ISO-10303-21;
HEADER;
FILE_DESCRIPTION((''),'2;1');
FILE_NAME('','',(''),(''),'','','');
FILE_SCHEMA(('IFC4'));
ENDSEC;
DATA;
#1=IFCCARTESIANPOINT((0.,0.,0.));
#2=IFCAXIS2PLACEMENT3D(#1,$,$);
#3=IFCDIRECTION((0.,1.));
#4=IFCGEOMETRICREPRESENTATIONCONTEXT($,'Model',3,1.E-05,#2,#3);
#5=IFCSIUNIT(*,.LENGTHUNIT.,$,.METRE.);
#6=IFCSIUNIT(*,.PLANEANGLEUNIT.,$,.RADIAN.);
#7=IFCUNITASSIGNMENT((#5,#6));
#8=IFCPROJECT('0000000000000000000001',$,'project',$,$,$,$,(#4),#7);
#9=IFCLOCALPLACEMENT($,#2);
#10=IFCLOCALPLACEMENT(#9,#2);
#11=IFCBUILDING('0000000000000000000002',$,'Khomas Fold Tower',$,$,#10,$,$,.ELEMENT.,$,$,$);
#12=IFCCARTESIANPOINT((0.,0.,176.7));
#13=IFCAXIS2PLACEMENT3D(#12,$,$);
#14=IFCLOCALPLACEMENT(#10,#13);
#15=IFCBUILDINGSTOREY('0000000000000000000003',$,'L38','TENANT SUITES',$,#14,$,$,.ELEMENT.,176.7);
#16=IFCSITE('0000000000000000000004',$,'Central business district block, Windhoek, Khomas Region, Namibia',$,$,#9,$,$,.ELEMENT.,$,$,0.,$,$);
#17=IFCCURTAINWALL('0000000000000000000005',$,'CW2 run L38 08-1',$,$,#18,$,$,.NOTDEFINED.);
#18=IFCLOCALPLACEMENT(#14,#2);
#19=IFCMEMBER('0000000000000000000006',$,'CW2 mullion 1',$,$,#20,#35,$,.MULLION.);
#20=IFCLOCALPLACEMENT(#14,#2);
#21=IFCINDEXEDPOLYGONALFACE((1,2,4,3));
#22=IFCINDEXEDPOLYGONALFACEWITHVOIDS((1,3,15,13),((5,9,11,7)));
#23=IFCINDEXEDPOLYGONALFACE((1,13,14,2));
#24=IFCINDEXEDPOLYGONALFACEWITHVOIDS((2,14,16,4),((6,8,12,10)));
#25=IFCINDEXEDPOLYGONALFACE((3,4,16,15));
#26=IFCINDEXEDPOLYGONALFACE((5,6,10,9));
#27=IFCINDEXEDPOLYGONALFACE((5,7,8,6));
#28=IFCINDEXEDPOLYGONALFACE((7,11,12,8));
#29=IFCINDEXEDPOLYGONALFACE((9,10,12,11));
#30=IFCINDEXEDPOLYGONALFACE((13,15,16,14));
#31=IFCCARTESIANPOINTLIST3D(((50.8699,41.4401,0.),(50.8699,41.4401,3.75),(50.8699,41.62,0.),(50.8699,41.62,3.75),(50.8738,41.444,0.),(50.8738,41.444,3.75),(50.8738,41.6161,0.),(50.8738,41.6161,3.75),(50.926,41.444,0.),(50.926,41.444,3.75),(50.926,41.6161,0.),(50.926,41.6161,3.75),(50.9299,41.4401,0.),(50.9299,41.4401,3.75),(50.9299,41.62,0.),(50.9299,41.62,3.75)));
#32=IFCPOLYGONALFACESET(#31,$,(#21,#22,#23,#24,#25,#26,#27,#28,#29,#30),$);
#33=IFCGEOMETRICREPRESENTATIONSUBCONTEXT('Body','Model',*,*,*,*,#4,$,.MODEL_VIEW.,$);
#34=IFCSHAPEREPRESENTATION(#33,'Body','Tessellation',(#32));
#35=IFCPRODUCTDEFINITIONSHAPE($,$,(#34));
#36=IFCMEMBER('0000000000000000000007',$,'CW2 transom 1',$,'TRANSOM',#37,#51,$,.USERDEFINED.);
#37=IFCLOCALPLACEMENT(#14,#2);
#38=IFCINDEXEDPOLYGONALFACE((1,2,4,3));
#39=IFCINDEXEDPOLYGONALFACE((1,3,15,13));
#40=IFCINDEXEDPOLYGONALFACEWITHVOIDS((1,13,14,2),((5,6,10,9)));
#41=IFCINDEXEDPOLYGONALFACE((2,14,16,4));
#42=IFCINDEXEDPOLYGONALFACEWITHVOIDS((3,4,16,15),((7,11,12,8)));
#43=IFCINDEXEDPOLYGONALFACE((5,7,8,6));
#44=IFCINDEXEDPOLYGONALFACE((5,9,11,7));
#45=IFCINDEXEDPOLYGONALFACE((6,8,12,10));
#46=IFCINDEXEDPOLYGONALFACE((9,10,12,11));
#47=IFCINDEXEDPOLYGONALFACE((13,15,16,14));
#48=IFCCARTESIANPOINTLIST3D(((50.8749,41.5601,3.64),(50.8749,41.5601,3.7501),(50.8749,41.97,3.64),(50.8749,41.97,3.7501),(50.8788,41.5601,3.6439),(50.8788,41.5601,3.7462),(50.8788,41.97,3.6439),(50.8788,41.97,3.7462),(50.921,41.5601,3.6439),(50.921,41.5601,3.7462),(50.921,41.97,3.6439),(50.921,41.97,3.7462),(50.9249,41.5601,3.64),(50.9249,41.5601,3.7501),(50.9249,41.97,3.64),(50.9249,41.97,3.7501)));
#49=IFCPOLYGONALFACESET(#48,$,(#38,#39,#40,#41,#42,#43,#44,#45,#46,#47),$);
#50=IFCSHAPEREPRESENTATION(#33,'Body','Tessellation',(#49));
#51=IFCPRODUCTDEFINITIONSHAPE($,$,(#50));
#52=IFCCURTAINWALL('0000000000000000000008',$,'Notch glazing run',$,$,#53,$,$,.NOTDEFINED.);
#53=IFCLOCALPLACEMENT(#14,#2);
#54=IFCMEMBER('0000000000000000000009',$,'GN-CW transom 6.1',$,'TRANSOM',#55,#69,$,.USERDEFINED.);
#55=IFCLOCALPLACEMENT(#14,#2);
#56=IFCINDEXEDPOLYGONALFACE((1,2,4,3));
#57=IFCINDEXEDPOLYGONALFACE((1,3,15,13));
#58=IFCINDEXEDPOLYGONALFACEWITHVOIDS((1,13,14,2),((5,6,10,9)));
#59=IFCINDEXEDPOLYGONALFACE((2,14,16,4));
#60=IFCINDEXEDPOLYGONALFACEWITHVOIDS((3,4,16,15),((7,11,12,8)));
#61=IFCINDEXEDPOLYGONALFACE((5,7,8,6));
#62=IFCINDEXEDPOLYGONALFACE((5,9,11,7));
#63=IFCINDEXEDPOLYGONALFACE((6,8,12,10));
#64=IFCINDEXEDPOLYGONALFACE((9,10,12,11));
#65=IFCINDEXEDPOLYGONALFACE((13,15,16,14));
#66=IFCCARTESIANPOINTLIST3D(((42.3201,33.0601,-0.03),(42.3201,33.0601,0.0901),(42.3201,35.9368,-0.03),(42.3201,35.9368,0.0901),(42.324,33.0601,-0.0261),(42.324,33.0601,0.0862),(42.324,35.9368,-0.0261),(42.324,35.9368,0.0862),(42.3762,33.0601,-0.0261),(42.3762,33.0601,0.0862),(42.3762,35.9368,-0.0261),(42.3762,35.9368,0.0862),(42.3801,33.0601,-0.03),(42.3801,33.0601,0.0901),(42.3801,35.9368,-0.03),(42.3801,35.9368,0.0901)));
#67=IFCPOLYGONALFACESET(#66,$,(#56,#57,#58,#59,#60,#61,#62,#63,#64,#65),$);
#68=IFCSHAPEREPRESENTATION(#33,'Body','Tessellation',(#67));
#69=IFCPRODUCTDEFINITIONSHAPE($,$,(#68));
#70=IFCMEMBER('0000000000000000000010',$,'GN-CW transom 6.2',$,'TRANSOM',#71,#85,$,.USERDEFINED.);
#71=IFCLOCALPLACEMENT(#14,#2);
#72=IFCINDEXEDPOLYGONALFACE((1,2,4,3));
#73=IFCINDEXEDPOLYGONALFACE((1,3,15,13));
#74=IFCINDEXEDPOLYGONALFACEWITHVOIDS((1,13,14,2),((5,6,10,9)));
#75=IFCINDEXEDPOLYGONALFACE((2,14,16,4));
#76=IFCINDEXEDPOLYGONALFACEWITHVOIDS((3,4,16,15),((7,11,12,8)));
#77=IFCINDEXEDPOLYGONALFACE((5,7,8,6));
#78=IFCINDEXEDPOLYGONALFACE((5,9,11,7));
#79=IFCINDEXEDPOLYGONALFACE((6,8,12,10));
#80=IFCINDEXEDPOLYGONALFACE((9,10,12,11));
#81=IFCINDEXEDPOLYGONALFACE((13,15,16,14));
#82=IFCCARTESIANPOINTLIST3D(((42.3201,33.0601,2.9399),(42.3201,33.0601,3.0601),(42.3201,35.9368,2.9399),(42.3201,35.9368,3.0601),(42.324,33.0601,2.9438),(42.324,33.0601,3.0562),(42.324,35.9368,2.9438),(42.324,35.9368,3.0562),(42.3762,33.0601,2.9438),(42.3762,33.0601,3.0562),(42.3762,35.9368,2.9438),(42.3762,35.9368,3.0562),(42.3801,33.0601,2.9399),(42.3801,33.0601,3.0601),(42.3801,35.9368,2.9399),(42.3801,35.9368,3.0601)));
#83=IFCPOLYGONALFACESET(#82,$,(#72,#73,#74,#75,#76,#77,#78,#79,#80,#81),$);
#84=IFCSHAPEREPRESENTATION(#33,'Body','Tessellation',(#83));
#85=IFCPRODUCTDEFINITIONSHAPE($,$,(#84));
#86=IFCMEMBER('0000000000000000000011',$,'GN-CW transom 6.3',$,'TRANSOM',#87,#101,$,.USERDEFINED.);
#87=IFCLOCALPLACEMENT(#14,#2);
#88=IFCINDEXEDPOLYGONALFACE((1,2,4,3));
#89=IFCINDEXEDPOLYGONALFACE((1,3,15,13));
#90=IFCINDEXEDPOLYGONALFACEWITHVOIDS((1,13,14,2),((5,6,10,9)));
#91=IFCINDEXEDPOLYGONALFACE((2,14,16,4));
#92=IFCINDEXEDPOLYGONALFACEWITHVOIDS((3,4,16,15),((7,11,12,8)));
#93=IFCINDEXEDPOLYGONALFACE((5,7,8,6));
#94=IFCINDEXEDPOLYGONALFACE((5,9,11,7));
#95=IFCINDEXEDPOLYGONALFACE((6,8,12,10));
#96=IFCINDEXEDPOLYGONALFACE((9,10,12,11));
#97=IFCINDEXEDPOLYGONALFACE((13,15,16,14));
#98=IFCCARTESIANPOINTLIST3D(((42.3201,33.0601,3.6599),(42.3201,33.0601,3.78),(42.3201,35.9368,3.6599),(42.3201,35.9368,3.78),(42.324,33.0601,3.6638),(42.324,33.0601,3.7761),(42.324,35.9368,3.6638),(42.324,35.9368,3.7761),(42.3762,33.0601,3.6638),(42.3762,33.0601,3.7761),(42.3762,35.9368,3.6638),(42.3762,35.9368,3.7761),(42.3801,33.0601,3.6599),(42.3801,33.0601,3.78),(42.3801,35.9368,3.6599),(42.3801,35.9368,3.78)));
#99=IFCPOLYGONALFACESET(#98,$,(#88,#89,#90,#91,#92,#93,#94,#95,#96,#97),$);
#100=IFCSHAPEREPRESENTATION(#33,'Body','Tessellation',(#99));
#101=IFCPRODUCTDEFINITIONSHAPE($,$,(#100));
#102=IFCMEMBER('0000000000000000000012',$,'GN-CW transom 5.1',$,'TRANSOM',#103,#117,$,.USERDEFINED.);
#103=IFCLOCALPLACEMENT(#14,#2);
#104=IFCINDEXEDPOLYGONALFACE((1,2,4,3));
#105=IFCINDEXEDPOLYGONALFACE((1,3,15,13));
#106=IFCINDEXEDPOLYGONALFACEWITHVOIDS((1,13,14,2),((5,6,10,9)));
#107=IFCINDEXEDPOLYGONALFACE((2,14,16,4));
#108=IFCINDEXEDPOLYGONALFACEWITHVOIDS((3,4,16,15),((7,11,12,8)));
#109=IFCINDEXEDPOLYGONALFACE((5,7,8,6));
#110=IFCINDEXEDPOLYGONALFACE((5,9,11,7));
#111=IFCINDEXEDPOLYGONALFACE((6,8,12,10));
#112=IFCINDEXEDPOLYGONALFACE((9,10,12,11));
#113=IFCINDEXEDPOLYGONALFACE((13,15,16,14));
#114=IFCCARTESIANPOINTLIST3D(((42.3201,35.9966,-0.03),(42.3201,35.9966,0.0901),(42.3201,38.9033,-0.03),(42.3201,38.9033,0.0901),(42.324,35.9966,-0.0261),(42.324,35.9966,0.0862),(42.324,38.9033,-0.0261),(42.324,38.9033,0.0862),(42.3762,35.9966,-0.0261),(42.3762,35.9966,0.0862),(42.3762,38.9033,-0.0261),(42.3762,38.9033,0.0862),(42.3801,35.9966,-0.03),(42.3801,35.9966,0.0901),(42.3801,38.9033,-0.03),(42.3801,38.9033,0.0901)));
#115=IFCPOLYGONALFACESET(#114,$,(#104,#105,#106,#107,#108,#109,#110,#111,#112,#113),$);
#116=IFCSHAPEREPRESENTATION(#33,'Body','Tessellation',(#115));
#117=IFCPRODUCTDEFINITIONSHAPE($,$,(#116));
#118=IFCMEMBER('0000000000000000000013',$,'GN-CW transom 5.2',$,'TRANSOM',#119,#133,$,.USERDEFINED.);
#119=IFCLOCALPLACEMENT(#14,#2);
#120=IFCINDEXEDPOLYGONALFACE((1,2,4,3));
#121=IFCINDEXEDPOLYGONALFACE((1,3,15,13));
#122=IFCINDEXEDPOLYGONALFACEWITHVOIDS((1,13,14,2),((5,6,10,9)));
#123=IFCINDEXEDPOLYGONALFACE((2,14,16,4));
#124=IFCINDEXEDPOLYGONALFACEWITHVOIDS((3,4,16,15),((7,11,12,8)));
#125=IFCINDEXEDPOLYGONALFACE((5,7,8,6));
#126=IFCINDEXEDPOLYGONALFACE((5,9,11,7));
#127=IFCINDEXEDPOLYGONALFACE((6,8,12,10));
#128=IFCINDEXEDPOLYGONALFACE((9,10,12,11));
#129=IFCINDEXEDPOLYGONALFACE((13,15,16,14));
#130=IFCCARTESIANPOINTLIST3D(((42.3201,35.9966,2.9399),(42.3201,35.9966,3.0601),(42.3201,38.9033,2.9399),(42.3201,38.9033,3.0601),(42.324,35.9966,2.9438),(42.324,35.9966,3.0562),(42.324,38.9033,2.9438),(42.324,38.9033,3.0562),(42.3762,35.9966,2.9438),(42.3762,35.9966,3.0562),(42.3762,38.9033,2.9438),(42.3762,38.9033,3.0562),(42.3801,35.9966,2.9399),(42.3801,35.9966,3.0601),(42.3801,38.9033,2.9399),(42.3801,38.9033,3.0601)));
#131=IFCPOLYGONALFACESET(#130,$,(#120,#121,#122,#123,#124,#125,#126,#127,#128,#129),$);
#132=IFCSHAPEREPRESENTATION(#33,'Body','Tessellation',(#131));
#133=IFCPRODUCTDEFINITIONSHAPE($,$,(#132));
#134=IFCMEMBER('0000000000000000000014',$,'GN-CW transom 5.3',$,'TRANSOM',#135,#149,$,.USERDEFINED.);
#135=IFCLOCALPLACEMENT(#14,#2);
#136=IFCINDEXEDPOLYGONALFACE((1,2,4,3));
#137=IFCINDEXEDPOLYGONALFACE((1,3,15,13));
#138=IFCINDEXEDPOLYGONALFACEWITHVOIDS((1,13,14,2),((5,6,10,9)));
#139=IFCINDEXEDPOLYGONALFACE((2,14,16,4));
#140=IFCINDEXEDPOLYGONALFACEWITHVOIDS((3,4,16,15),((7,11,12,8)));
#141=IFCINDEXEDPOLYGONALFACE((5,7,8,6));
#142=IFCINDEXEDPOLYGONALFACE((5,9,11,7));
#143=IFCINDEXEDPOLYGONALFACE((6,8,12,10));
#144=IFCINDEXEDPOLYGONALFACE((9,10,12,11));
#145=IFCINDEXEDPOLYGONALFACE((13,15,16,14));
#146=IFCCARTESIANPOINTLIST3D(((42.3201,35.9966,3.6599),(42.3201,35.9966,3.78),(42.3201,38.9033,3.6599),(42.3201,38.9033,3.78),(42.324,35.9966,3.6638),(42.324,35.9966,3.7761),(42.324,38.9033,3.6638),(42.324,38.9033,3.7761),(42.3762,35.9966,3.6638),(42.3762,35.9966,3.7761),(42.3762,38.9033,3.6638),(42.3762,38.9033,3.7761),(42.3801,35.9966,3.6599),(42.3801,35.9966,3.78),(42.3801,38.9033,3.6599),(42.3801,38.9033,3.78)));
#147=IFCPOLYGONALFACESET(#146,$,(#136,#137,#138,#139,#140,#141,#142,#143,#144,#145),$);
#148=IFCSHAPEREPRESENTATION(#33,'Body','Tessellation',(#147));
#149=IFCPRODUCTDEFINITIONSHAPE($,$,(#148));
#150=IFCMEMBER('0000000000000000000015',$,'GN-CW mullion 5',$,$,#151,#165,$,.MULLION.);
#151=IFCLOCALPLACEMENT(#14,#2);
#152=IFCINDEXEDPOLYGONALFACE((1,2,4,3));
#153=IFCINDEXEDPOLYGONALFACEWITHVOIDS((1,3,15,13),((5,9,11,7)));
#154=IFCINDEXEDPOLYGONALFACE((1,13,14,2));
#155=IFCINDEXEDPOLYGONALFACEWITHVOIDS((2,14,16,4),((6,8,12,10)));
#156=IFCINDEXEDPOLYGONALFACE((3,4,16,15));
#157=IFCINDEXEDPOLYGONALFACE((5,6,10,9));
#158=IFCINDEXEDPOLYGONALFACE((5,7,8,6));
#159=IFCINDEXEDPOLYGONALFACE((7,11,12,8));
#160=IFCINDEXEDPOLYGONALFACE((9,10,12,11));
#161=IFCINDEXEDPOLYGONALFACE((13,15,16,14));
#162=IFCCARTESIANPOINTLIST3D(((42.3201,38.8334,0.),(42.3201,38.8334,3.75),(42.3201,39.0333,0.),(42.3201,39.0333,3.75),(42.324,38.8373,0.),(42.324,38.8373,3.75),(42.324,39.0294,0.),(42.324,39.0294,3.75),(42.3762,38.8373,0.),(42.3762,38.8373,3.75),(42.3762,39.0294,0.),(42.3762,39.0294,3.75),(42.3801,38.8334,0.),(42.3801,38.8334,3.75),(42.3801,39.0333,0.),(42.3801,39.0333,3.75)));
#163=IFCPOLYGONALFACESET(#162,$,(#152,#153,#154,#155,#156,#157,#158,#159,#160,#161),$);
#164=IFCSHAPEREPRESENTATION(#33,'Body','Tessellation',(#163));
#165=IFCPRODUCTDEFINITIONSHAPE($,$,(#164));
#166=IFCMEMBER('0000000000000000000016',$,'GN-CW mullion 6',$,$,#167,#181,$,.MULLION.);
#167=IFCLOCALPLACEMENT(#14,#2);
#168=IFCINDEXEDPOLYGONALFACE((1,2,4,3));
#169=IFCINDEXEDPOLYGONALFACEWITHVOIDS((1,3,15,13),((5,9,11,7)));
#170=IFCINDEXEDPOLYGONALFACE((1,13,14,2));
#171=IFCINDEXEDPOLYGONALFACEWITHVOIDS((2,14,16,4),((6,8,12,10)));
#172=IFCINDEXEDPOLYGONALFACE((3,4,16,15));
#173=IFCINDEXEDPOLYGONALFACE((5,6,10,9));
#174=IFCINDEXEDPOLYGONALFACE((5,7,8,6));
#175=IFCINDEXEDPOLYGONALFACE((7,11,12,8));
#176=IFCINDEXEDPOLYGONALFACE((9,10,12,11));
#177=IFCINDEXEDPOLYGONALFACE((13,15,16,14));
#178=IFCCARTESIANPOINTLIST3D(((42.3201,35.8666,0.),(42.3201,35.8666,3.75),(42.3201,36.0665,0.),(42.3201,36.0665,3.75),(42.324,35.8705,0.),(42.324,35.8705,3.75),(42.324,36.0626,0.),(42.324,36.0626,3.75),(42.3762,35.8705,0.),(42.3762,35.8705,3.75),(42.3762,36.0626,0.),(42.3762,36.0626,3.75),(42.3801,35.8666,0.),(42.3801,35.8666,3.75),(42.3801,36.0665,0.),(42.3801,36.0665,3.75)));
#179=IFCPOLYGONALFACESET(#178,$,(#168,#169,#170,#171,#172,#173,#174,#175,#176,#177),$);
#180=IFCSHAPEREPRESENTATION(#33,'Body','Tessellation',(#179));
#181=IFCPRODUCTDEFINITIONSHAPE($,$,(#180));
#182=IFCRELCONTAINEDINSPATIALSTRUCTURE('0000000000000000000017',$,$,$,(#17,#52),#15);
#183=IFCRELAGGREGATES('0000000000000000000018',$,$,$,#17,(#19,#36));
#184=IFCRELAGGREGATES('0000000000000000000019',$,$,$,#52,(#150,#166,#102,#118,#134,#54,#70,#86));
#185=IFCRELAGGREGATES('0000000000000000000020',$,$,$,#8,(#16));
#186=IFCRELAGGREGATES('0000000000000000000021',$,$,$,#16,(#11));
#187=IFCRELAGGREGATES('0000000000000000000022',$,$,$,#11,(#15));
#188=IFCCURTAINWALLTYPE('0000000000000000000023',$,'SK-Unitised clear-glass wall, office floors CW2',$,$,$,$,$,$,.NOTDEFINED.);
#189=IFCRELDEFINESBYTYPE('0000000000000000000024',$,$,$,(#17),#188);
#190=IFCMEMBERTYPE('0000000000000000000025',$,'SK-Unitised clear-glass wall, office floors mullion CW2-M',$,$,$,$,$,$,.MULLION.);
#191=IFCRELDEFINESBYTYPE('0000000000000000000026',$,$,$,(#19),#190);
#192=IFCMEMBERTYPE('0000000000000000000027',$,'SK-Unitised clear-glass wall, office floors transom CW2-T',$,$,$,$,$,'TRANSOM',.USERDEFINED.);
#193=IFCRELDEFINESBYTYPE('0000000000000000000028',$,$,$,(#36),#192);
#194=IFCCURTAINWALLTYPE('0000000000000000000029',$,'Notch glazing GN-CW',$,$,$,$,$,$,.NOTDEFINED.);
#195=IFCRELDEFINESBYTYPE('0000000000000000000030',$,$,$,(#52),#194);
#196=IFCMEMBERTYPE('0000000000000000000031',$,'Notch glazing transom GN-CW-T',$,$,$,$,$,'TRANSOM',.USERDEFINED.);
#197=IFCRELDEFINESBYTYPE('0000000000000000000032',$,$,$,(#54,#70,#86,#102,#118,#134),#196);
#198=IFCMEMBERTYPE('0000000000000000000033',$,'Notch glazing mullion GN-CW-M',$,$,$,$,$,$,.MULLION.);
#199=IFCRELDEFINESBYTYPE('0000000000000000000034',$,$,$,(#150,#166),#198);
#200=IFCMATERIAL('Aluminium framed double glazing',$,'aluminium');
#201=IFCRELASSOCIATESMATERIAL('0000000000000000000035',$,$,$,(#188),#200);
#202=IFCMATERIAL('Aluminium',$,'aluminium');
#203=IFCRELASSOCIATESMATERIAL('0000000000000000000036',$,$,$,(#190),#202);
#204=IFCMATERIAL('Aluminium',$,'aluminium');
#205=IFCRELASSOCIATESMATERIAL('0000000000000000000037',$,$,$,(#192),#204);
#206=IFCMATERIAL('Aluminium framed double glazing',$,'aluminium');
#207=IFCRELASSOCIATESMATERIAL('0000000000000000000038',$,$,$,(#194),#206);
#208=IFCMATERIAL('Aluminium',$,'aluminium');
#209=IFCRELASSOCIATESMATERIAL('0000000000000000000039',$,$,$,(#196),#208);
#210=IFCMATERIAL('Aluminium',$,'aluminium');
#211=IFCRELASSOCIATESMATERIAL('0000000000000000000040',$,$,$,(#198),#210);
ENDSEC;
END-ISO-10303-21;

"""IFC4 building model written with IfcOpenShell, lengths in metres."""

from ifc_helpers import new_model, si_unit, direction, frame, origin, origin_2d, place, context, subcontext, project, spatial, hollow_rectangle, extrude, source, transform, mapped, material, material_profile, profile_set, type_object, element, aggregate, save


model = new_model("IFC4")

# Units and contexts
model_context = context("Model", 3, precision=1e-05, world=origin(), true_north=direction((0.0, 1.0)))
body_context = subcontext(model_context, "Body", "Model", "MODEL_VIEW")
ifc_project = project(units=[si_unit("LENGTHUNIT", "METRE"), si_unit("PLANEANGLEUNIT", "RADIAN")], contexts=[model_context])

# Site, building, storey
site_placement = place(None, origin())
site = spatial("IfcSite", under=ifc_project, at=site_placement, Name="Central business district block, Windhoek, Khomas Region, Namibia", CompositionType="ELEMENT", RefElevation=0.0)
building_placement = place(site_placement, origin())
building = spatial("IfcBuilding", under=site, at=building_placement, Name="Khomas Fold Tower", CompositionType="ELEMENT")
storey_placement = place(building_placement, frame((0.0, 0.0, 176.7)))
storey = spatial("IfcBuildingStorey", under=building, at=storey_placement, Name="L38", Description="TENANT SUITES", CompositionType="ELEMENT", Elevation=176.7)

# Curtain wall, members
ifc_material_1 = material(Name="Aluminium framed double glazing", Category="aluminium")
curtain_wall_type_1 = type_object("IfcCurtainWallType", Name="SK-Unitised clear-glass wall, office floors CW2", PredefinedType="NOTDEFINED", material=ifc_material_1)
curtain_wall_1_placement = place(storey_placement, origin())
curtain_wall_1 = element("IfcCurtainWall", 1, at=curtain_wall_1_placement, inside=storey, type_object=curtain_wall_type_1, Name="CW2 run L38 08-1", PredefinedType="NOTDEFINED")
ifc_material_2 = material(Name="Aluminium", Category="aluminium")
ifc_material_profile_1 = material_profile(ifc_material_2, hollow_rectangle(XDim=0.0601, YDim=0.1799, WallThickness=0.0039, at=origin_2d()), Name="SK-Unitised clear-glass wall, office floors mullion CW2-M")
ifc_profile_set_1 = profile_set([ifc_material_profile_1], Name="Aluminium")
member_type_1 = type_object("IfcMemberType", Name="SK-Unitised clear-glass wall, office floors mullion CW2-M", PredefinedType="MULLION", material=ifc_profile_set_1)
shared_shape_1 = source(origin(), body_context, "Body", "SweptSolid", [
    extrude(hollow_rectangle(XDim=0.0601, YDim=0.1799, WallThickness=0.0039, at=origin_2d()), origin(), (0.0, 0.0, 1.0), 3.75),
])
member_1_placement = place(storey_placement, frame((50.8999, 41.53, 0.0), z_axis=(0.0, 0.0, 1.0), x_axis=(-1.0, 0.0, 0.0)))
member_1 = element("IfcMember", 2, at=member_1_placement, type_object=member_type_1, Name="CW2 mullion 1", PredefinedType="MULLION", context=body_context, shape_type="MappedRepresentation", body=[
    mapped(shared_shape_1, transform((0.0, 0.0, 0.0))),
])
ifc_material_3 = material(Name="Aluminium", Category="aluminium")
ifc_material_profile_2 = material_profile(ifc_material_3, hollow_rectangle(XDim=0.05, YDim=0.1101, WallThickness=0.0039, at=origin_2d()), Name="SK-Unitised clear-glass wall, office floors transom CW2-T")
ifc_profile_set_2 = profile_set([ifc_material_profile_2], Name="Aluminium")
member_type_2 = type_object("IfcMemberType", Name="SK-Unitised clear-glass wall, office floors transom CW2-T", ElementType="TRANSOM", PredefinedType="USERDEFINED", material=ifc_profile_set_2)
shared_shape_2 = source(origin(), body_context, "Body", "SweptSolid", [
    extrude(hollow_rectangle(XDim=0.05, YDim=0.1101, WallThickness=0.0039, at=origin_2d()), origin(), (0.0, 0.0, 1.0), 0.4099),
])
member_2_placement = place(storey_placement, frame((50.8999, 41.5601, 3.6951), z_axis=(0.0, 1.0, 0.0), x_axis=(-1.0, 0.0, 0.0)))
member_2 = element("IfcMember", 3, at=member_2_placement, type_object=member_type_2, Name="CW2 transom 1", ObjectType="TRANSOM", PredefinedType="USERDEFINED", context=body_context, shape_type="MappedRepresentation", body=[
    mapped(shared_shape_2, transform((0.0, 0.0, 0.0))),
])
aggregate(curtain_wall_1, [member_1, member_2])

# Curtain wall, members
ifc_material_4 = material(Name="Aluminium framed double glazing", Category="aluminium")
curtain_wall_type_2 = type_object("IfcCurtainWallType", Name="Notch glazing GN-CW", PredefinedType="NOTDEFINED", material=ifc_material_4)
curtain_wall_2_placement = place(storey_placement, origin())
curtain_wall_2 = element("IfcCurtainWall", 4, at=curtain_wall_2_placement, inside=storey, type_object=curtain_wall_type_2, Name="Notch glazing run", PredefinedType="NOTDEFINED")
ifc_material_5 = material(Name="Aluminium", Category="aluminium")
ifc_material_profile_3 = material_profile(ifc_material_5, hollow_rectangle(XDim=0.0601, YDim=0.1201, WallThickness=0.0039, at=origin_2d()), Name="Notch glazing transom GN-CW-T")
ifc_profile_set_3 = profile_set([ifc_material_profile_3], Name="Aluminium")
member_type_3 = type_object("IfcMemberType", Name="Notch glazing transom GN-CW-T", ElementType="TRANSOM", PredefinedType="USERDEFINED", material=ifc_profile_set_3)
shared_shape_3 = source(origin(), body_context, "Body", "SweptSolid", [
    extrude(hollow_rectangle(XDim=0.0601, YDim=0.1201, WallThickness=0.0039, at=origin_2d()), origin(), (0.0, 0.0, 1.0), 2.8767),
])
member_3_placement = place(storey_placement, frame((42.3501, 35.9368, 0.03), z_axis=(0.0, -1.0, 0.0), x_axis=(1.0, 0.0, 0.0)))
member_3 = element("IfcMember", 5, at=member_3_placement, type_object=member_type_3, Name="GN-CW transom 6.1", ObjectType="TRANSOM", PredefinedType="USERDEFINED", context=body_context, shape_type="MappedRepresentation", body=[
    mapped(shared_shape_3, transform((0.0, 0.0, 0.0))),
])
member_4_placement = place(storey_placement, frame((42.3501, 35.9368, 3.0), z_axis=(0.0, -1.0, 0.0), x_axis=(1.0, 0.0, 0.0)))
member_4 = element("IfcMember", 6, at=member_4_placement, type_object=member_type_3, Name="GN-CW transom 6.2", ObjectType="TRANSOM", PredefinedType="USERDEFINED", context=body_context, shape_type="MappedRepresentation", body=[
    mapped(shared_shape_3, transform((0.0, 0.0, 0.0))),
])
member_5_placement = place(storey_placement, frame((42.3501, 35.9368, 3.72), z_axis=(0.0, -1.0, 0.0), x_axis=(1.0, 0.0, 0.0)))
member_5 = element("IfcMember", 7, at=member_5_placement, type_object=member_type_3, Name="GN-CW transom 6.3", ObjectType="TRANSOM", PredefinedType="USERDEFINED", context=body_context, shape_type="MappedRepresentation", body=[
    mapped(shared_shape_3, transform((0.0, 0.0, 0.0))),
])
shared_shape_4 = source(origin(), body_context, "Body", "SweptSolid", [
    extrude(hollow_rectangle(XDim=0.0601, YDim=0.1201, WallThickness=0.0039, at=origin_2d()), origin(), (0.0, 0.0, 1.0), 2.9067),
])
member_6_placement = place(storey_placement, frame((42.3501, 38.9033, 0.03), z_axis=(0.0, -1.0, 0.0), x_axis=(1.0, 0.0, 0.0)))
member_6 = element("IfcMember", 8, at=member_6_placement, type_object=member_type_3, Name="GN-CW transom 5.1", ObjectType="TRANSOM", PredefinedType="USERDEFINED", context=body_context, shape_type="MappedRepresentation", body=[
    mapped(shared_shape_4, transform((0.0, 0.0, 0.0))),
])
member_7_placement = place(storey_placement, frame((42.3501, 38.9033, 3.0), z_axis=(0.0, -1.0, 0.0), x_axis=(1.0, 0.0, 0.0)))
member_7 = element("IfcMember", 9, at=member_7_placement, type_object=member_type_3, Name="GN-CW transom 5.2", ObjectType="TRANSOM", PredefinedType="USERDEFINED", context=body_context, shape_type="MappedRepresentation", body=[
    mapped(shared_shape_4, transform((0.0, 0.0, 0.0))),
])
member_8_placement = place(storey_placement, frame((42.3501, 38.9033, 3.72), z_axis=(0.0, -1.0, 0.0), x_axis=(1.0, 0.0, 0.0)))
member_8 = element("IfcMember", 10, at=member_8_placement, type_object=member_type_3, Name="GN-CW transom 5.3", ObjectType="TRANSOM", PredefinedType="USERDEFINED", context=body_context, shape_type="MappedRepresentation", body=[
    mapped(shared_shape_4, transform((0.0, 0.0, 0.0))),
])
ifc_material_6 = material(Name="Aluminium", Category="aluminium")
ifc_material_profile_4 = material_profile(ifc_material_6, hollow_rectangle(XDim=0.0601, YDim=0.2, WallThickness=0.0039, at=origin_2d()), Name="Notch glazing mullion GN-CW-M")
ifc_profile_set_4 = profile_set([ifc_material_profile_4], Name="Aluminium")
member_type_4 = type_object("IfcMemberType", Name="Notch glazing mullion GN-CW-M", PredefinedType="MULLION", material=ifc_profile_set_4)
shared_shape_5 = source(origin(), body_context, "Body", "SweptSolid", [
    extrude(hollow_rectangle(XDim=0.0601, YDim=0.2, WallThickness=0.0039, at=origin_2d()), origin(), (0.0, 0.0, 1.0), 3.75),
])
member_9_placement = place(storey_placement, frame((42.3501, 38.9333, 0.0), z_axis=(0.0, 0.0, 1.0), x_axis=(1.0, 0.0, 0.0)))
member_9 = element("IfcMember", 11, at=member_9_placement, type_object=member_type_4, Name="GN-CW mullion 5", PredefinedType="MULLION", context=body_context, shape_type="MappedRepresentation", body=[
    mapped(shared_shape_5, transform((0.0, 0.0, 0.0))),
])
member_10_placement = place(storey_placement, frame((42.3501, 35.9666, 0.0), z_axis=(0.0, 0.0, 1.0), x_axis=(1.0, 0.0, 0.0)))
member_10 = element("IfcMember", 12, at=member_10_placement, type_object=member_type_4, Name="GN-CW mullion 6", PredefinedType="MULLION", context=body_context, shape_type="MappedRepresentation", body=[
    mapped(shared_shape_5, transform((0.0, 0.0, 0.0))),
])
aggregate(curtain_wall_2, [member_9, member_10, member_6, member_7, member_8, member_3, member_4, member_5])

save(model, "model.ifc")
